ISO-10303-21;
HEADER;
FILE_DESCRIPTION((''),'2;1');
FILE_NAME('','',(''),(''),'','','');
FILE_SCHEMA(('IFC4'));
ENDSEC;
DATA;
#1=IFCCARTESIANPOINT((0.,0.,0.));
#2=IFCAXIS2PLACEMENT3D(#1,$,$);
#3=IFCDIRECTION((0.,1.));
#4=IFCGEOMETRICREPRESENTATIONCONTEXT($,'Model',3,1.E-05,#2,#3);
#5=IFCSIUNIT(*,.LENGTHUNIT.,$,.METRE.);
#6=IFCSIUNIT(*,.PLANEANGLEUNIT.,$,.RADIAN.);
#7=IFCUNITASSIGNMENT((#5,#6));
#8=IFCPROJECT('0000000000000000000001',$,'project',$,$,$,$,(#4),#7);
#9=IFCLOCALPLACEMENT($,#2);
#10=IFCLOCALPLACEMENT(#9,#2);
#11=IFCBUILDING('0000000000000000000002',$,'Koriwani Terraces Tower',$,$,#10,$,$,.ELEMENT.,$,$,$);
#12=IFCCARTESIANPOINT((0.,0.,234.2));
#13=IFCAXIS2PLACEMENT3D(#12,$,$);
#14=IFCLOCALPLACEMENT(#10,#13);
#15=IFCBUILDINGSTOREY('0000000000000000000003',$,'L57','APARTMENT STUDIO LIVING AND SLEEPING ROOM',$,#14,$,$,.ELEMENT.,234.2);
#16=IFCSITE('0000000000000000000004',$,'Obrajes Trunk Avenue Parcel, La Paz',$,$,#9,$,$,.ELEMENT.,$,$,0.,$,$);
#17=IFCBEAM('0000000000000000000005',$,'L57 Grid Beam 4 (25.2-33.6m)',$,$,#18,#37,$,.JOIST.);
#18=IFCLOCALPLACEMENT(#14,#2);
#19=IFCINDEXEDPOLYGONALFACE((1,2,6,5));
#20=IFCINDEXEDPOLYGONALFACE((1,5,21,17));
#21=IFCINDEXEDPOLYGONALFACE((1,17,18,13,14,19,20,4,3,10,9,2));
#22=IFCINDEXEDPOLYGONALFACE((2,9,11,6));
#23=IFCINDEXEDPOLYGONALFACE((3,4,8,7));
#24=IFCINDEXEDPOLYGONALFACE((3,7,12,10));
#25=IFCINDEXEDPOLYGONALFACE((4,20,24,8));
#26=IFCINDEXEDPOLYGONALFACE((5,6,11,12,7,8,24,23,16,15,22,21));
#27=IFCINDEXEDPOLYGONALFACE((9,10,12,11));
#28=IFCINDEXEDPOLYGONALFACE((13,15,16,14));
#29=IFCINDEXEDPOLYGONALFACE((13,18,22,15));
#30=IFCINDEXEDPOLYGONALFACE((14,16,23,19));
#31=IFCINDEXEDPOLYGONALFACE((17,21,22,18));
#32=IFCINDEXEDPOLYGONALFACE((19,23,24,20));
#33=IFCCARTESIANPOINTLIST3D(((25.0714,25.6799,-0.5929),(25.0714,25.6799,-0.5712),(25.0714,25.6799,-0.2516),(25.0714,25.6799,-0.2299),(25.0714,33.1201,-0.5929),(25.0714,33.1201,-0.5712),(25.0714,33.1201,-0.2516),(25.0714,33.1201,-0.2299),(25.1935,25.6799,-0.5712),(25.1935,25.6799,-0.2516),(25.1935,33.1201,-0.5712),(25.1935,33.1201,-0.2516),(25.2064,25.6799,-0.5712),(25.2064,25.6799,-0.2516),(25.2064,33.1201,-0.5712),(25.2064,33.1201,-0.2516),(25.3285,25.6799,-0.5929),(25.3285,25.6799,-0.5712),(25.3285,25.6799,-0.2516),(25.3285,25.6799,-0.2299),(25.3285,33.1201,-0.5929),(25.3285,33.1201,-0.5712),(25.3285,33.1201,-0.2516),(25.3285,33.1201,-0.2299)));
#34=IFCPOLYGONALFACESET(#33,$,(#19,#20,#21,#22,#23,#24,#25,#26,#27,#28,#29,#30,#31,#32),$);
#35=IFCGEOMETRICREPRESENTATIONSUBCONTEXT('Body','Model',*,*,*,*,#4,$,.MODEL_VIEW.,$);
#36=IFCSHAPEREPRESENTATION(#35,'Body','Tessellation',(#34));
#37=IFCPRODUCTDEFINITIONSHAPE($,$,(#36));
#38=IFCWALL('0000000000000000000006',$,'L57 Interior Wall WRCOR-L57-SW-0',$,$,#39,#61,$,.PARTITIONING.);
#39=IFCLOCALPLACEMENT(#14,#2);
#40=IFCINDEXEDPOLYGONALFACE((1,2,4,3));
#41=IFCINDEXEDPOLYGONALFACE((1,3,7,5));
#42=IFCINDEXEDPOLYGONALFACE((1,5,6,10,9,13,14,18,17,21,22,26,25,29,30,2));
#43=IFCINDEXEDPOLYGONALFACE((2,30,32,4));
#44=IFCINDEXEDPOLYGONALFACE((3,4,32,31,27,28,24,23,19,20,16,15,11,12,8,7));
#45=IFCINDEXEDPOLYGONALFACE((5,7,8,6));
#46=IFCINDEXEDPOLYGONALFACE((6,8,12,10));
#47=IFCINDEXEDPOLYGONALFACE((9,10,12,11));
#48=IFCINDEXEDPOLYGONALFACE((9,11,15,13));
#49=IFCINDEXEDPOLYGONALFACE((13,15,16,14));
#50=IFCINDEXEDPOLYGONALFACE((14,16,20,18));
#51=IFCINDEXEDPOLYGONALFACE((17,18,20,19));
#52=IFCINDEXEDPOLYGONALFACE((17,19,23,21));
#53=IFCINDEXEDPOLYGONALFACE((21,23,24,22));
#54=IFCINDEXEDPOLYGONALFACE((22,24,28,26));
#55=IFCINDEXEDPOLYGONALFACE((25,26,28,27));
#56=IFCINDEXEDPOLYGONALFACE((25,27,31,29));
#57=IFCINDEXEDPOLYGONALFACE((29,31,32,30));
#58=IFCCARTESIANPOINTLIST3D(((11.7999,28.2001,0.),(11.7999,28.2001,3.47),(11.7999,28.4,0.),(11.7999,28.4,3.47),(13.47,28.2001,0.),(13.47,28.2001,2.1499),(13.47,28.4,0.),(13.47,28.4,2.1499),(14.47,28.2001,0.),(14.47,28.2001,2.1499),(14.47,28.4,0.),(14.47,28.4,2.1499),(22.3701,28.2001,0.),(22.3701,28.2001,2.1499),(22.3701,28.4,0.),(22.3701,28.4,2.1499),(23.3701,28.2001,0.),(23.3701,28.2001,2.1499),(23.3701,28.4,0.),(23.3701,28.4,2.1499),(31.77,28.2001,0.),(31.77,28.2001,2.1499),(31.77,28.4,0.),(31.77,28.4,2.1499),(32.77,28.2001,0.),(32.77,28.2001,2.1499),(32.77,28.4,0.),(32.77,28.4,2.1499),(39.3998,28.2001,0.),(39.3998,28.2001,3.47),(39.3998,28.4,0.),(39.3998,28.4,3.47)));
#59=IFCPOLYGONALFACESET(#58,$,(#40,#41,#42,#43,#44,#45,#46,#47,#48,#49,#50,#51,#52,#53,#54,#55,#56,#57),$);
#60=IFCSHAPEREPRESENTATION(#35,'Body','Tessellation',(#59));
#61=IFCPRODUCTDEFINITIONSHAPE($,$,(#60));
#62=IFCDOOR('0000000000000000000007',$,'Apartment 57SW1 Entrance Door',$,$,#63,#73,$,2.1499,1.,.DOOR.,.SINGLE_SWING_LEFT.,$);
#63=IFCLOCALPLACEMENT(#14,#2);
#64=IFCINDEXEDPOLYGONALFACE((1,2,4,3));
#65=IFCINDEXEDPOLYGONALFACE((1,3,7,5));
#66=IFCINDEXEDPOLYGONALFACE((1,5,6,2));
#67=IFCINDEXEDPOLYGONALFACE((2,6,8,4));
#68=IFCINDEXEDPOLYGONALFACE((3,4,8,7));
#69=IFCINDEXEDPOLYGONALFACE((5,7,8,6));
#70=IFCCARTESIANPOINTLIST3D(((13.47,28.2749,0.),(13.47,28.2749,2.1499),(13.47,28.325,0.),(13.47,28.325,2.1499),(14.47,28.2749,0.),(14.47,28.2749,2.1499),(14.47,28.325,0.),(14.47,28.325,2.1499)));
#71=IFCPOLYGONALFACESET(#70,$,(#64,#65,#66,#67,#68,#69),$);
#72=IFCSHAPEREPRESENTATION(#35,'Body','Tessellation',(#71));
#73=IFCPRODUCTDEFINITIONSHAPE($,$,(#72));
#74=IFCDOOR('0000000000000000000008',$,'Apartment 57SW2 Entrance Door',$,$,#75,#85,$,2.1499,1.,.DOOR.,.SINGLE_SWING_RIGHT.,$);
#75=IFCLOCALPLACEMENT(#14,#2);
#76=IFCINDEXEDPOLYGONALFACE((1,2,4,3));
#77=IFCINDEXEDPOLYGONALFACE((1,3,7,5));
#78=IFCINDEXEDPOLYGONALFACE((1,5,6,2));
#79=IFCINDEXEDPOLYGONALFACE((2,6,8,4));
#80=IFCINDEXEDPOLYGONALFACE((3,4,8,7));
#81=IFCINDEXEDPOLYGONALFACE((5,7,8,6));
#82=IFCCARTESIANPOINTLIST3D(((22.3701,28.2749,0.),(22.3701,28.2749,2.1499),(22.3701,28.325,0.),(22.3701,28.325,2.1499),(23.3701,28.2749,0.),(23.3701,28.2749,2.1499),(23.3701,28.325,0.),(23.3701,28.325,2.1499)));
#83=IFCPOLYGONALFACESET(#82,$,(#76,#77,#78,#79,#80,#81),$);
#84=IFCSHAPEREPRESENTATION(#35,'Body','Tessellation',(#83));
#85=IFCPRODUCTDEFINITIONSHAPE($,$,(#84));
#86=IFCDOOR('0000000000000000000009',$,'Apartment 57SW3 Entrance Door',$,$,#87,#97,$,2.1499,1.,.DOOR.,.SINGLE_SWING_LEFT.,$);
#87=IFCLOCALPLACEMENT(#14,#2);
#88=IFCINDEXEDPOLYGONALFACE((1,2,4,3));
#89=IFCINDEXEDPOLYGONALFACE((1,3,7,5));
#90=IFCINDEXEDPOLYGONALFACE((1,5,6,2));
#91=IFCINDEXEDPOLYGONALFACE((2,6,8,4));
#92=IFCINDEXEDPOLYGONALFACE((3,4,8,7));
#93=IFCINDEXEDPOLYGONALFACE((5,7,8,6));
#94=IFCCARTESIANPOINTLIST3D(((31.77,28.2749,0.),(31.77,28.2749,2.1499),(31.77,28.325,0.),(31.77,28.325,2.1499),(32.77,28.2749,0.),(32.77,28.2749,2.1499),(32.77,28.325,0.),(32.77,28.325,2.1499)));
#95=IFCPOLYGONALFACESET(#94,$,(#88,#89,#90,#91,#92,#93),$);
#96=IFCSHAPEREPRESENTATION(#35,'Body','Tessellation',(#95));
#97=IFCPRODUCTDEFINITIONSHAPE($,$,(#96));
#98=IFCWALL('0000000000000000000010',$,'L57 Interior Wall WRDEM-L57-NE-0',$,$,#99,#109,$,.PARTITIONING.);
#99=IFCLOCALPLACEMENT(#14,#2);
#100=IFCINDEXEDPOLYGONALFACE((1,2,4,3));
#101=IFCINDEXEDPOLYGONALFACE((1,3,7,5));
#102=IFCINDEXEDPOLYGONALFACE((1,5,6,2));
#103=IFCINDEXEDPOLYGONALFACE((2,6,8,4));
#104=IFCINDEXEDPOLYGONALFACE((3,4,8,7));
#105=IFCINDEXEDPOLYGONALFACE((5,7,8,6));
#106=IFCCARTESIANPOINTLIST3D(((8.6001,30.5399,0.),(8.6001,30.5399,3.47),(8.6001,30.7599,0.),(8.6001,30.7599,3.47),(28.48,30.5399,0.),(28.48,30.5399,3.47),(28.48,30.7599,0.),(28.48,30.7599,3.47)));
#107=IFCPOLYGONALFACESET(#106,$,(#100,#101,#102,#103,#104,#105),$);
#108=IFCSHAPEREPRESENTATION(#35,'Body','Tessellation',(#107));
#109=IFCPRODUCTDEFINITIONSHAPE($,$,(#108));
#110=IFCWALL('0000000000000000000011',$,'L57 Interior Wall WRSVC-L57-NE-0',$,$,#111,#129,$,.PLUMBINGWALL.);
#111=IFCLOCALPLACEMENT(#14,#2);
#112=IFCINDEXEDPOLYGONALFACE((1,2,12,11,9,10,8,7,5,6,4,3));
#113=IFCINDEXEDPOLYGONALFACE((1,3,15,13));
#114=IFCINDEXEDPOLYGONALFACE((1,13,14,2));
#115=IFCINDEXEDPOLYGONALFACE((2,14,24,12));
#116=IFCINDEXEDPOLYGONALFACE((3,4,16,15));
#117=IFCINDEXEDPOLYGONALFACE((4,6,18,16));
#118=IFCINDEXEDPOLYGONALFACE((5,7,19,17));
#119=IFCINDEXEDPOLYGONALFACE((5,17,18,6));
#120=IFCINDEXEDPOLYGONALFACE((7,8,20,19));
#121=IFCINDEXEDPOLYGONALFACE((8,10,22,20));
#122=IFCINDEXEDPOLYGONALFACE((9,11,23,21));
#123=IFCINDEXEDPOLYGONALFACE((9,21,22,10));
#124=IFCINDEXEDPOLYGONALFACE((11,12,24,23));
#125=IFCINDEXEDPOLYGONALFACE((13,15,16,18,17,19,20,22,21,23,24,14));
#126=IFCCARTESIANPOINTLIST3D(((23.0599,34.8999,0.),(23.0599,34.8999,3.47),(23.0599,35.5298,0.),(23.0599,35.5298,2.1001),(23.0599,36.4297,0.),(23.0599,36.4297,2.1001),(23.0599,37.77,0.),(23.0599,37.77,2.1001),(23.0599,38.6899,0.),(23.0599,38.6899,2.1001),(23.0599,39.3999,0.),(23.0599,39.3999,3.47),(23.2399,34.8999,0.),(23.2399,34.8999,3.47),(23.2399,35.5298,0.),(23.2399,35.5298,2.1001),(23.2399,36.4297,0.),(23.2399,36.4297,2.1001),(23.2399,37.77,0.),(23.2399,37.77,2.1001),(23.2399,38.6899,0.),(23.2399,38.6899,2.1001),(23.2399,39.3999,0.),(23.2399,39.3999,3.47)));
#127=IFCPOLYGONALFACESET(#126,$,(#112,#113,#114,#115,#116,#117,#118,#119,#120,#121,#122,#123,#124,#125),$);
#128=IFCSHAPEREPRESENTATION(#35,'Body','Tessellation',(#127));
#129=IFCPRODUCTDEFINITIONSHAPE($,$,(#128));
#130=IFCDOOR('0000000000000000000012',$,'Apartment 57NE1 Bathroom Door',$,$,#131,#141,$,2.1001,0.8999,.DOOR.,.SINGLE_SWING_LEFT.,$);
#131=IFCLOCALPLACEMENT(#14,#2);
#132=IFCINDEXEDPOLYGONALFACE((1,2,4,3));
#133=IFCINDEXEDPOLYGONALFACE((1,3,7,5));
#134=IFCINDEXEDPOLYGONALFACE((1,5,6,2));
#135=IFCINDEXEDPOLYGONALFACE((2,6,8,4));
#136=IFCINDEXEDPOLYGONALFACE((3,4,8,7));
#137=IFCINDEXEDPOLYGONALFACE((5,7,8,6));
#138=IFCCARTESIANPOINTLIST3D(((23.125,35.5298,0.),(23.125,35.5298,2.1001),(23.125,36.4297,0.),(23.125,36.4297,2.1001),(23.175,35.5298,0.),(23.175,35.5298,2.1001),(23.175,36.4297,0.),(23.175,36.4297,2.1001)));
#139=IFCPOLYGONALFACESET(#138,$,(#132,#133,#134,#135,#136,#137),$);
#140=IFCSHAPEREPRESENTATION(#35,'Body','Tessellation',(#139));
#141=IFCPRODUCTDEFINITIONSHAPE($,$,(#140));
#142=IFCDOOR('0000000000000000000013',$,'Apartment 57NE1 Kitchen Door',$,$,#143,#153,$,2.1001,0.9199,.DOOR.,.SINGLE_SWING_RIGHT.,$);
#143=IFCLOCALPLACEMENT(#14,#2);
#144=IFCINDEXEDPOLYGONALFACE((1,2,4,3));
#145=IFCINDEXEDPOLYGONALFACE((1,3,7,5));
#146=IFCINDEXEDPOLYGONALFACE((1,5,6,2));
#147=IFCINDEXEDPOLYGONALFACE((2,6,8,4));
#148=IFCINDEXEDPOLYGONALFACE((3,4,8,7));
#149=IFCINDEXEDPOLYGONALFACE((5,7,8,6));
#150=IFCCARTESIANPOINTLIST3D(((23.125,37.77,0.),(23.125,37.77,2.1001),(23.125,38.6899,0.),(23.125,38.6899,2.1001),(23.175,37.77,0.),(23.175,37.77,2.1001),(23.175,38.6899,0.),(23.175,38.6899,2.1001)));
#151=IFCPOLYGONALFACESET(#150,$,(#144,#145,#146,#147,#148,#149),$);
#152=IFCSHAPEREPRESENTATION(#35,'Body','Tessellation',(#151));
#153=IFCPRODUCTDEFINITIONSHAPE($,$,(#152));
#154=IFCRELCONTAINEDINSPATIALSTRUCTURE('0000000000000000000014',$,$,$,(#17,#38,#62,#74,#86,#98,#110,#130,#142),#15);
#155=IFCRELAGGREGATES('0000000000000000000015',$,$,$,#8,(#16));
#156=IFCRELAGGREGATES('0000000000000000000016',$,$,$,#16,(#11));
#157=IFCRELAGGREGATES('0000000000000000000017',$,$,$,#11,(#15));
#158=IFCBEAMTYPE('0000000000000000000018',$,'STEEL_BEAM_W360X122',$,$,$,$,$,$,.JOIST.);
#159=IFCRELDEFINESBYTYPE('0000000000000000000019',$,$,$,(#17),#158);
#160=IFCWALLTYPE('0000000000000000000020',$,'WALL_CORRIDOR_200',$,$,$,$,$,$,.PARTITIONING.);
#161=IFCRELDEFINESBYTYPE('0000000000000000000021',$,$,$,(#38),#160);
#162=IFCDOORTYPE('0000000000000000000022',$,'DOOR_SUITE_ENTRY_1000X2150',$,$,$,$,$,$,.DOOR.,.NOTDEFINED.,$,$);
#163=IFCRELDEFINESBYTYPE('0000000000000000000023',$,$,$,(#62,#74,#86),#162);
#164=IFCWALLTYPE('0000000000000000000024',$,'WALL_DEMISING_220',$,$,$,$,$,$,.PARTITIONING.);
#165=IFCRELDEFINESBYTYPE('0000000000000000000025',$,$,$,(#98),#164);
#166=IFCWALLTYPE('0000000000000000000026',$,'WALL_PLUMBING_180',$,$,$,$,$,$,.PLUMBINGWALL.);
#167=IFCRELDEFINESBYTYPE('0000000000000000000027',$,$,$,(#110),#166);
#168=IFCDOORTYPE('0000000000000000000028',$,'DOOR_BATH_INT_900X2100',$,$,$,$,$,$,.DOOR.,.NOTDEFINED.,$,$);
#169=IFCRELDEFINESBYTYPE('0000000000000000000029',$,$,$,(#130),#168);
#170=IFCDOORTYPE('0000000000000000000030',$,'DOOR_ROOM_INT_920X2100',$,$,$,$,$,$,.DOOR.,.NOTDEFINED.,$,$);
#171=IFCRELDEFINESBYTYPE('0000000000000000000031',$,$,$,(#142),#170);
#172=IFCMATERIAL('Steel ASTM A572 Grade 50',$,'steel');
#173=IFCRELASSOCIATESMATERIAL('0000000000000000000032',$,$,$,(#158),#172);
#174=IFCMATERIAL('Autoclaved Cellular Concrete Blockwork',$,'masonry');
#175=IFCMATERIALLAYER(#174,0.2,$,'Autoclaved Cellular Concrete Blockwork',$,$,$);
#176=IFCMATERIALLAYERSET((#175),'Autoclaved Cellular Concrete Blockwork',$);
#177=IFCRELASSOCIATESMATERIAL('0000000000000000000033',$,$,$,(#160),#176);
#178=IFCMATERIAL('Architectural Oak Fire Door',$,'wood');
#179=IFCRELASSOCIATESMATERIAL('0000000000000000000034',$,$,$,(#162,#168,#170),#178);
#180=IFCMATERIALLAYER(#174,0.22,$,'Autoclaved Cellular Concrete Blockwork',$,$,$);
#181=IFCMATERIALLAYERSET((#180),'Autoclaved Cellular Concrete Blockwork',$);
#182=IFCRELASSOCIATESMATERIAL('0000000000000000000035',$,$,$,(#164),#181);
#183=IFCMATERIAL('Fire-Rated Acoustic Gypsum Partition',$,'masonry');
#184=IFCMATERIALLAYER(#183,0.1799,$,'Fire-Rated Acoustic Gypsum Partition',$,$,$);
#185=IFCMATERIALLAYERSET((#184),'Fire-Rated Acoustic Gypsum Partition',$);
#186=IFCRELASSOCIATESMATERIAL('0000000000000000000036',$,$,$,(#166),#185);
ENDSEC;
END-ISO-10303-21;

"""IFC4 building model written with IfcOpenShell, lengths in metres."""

from ifc_helpers import new_model, si_unit, direction, frame, frame_2d, origin, origin_2d, place, context, subcontext, project, spatial, rectangle, i_section, extrude, material, layer, layer_set, material_profile, profile_set, type_object, element, fill, save


model = new_model("IFC4")

# Units and contexts
model_context = context("Model", 3, precision=1e-05, world=origin(), true_north=direction((0.0, 1.0)))
body_context = subcontext(model_context, "Body", "Model", "MODEL_VIEW")
ifc_project = project(units=[si_unit("LENGTHUNIT", "METRE"), si_unit("PLANEANGLEUNIT", "RADIAN")], contexts=[model_context])

# Site, building, storey
site_placement = place(None, origin())
site = spatial("IfcSite", under=ifc_project, at=site_placement, Name="Obrajes Trunk Avenue Parcel, La Paz", CompositionType="ELEMENT", RefElevation=0.0)
building_placement = place(site_placement, origin())
building = spatial("IfcBuilding", under=site, at=building_placement, Name="Koriwani Terraces Tower", CompositionType="ELEMENT")
storey_placement = place(building_placement, frame((0.0, 0.0, 234.2)))
storey = spatial("IfcBuildingStorey", under=building, at=storey_placement, Name="L57", Description="APARTMENT STUDIO LIVING AND SLEEPING ROOM", CompositionType="ELEMENT", Elevation=234.2)

# Beam
ifc_material_1 = material(Name="Steel ASTM A572 Grade 50", Category="steel")
ifc_material_profile_1 = material_profile(ifc_material_1, i_section(OverallWidth=0.2571, OverallDepth=0.363, WebThickness=0.0129, FlangeThickness=0.0217, at=origin_2d()), Name="Steel ASTM A572 Grade 50", Category="LoadBearing")
ifc_profile_set_1 = profile_set([ifc_material_profile_1], Name="Steel ASTM A572 Grade 50")
beam_type_1 = type_object("IfcBeamType", Name="STEEL_BEAM_W360X122", PredefinedType="JOIST", material=ifc_profile_set_1)
beam_1_placement = place(storey_placement, frame((25.2, 25.6799, -0.4114), z_axis=(0.0, 1.0, 0.0), x_axis=(-1.0, 0.0, 0.0)))
element("IfcBeam", 1, at=beam_1_placement, inside=storey, type_object=beam_type_1, Name="L57 Grid Beam 4 (25.2-33.6m)", PredefinedType="JOIST", context=body_context, shape_type="SweptSolid", body=[
    extrude(i_section(OverallWidth=0.2571, OverallDepth=0.363, WebThickness=0.0129, FlangeThickness=0.0217, at=origin_2d()), origin(), (0.0, 0.0, 1.0), 7.4402),
])

# Wall, openings, doors
ifc_material_2 = material(Name="Autoclaved Cellular Concrete Blockwork", Category="masonry")
ifc_layer_1 = layer(ifc_material_2, 0.2, Name="Autoclaved Cellular Concrete Blockwork")
ifc_layer_set_1 = layer_set([ifc_layer_1], Name="Autoclaved Cellular Concrete Blockwork")
wall_type_1 = type_object("IfcWallType", Name="WALL_CORRIDOR_200", PredefinedType="PARTITIONING", material=ifc_layer_set_1)
wall_1_placement = place(storey_placement, frame((11.8, 28.3, 0.0), z_axis=(0.0, 0.0, 1.0), x_axis=(1.0, 0.0, 0.0)))
wall_1 = element("IfcWall", 2, at=wall_1_placement, inside=storey, type_object=wall_type_1, Name="L57 Interior Wall WRCOR-L57-SW-0", PredefinedType="PARTITIONING", context=body_context, shape_type="SweptSolid", body=[
    extrude(rectangle(XDim=27.5999, YDim=0.2, at=frame_2d((13.7998, 0.0))), origin(), (0.0, 0.0, 1.0), 3.47),
])
opening_1_placement = place(wall_1_placement, frame((1.6699, 0.0, 0.0)))
opening_1 = element("IfcOpeningElement", 3, at=opening_1_placement, cuts=wall_1, PredefinedType="OPENING", context=body_context, shape_type="SweptSolid", body=[
    extrude(rectangle(XDim=1.0, YDim=2.1499, at=frame_2d((0.5, 1.075))), frame((0.0, 0.1099, 0.0), z_axis=(0.0, -1.0, 0.0), x_axis=(1.0, 0.0, 0.0)), (0.0, 0.0, 1.0), 0.22),
])
opening_2_placement = place(wall_1_placement, frame((10.5701, 0.0, 0.0)))
opening_2 = element("IfcOpeningElement", 4, at=opening_2_placement, cuts=wall_1, PredefinedType="OPENING", context=body_context, shape_type="SweptSolid", body=[
    extrude(rectangle(XDim=1.0, YDim=2.1499, at=frame_2d((0.5, 1.075))), frame((0.0, 0.1099, 0.0), z_axis=(0.0, -1.0, 0.0), x_axis=(1.0, 0.0, 0.0)), (0.0, 0.0, 1.0), 0.22),
])
opening_3_placement = place(wall_1_placement, frame((19.97, 0.0, 0.0)))
opening_3 = element("IfcOpeningElement", 5, at=opening_3_placement, cuts=wall_1, PredefinedType="OPENING", context=body_context, shape_type="SweptSolid", body=[
    extrude(rectangle(XDim=1.0, YDim=2.1499, at=frame_2d((0.5, 1.075))), frame((0.0, 0.1099, 0.0), z_axis=(0.0, -1.0, 0.0), x_axis=(1.0, 0.0, 0.0)), (0.0, 0.0, 1.0), 0.22),
])
ifc_material_3 = material(Name="Architectural Oak Fire Door", Category="wood")
door_type_1 = type_object("IfcDoorType", Name="DOOR_SUITE_ENTRY_1000X2150", OperationType="NOTDEFINED", PredefinedType="DOOR", material=ifc_material_3)
door_1_placement = place(opening_1_placement, origin())
door_1 = element("IfcDoor", 6, at=door_1_placement, inside=storey, type_object=door_type_1, Name="Apartment 57SW1 Entrance Door", OperationType="SINGLE_SWING_LEFT", OverallHeight=2.1499, OverallWidth=1.0, PredefinedType="DOOR", context=body_context, shape_type="SweptSolid", body=[
    extrude(rectangle(XDim=1.0, YDim=2.1499, at=frame_2d((0.5, 1.075))), frame((0.0, 0.0249, 0.0), z_axis=(0.0, -1.0, 0.0), x_axis=(1.0, 0.0, 0.0)), (0.0, 0.0, 1.0), 0.05),
])
fill(opening_1, door_1)
door_2_placement = place(opening_2_placement, origin())
door_2 = element("IfcDoor", 7, at=door_2_placement, inside=storey, type_object=door_type_1, Name="Apartment 57SW2 Entrance Door", OperationType="SINGLE_SWING_RIGHT", OverallHeight=2.1499, OverallWidth=1.0, PredefinedType="DOOR", context=body_context, shape_type="SweptSolid", body=[
    extrude(rectangle(XDim=1.0, YDim=2.1499, at=frame_2d((0.5, 1.075))), frame((0.0, 0.0249, 0.0), z_axis=(0.0, -1.0, 0.0), x_axis=(1.0, 0.0, 0.0)), (0.0, 0.0, 1.0), 0.05),
])
fill(opening_2, door_2)
door_3_placement = place(opening_3_placement, origin())
door_3 = element("IfcDoor", 8, at=door_3_placement, inside=storey, type_object=door_type_1, Name="Apartment 57SW3 Entrance Door", OperationType="SINGLE_SWING_LEFT", OverallHeight=2.1499, OverallWidth=1.0, PredefinedType="DOOR", context=body_context, shape_type="SweptSolid", body=[
    extrude(rectangle(XDim=1.0, YDim=2.1499, at=frame_2d((0.5, 1.075))), frame((0.0, 0.0249, 0.0), z_axis=(0.0, -1.0, 0.0), x_axis=(1.0, 0.0, 0.0)), (0.0, 0.0, 1.0), 0.05),
])
fill(opening_3, door_3)

# Wall
ifc_layer_2 = layer(ifc_material_2, 0.22, Name="Autoclaved Cellular Concrete Blockwork")
ifc_layer_set_2 = layer_set([ifc_layer_2], Name="Autoclaved Cellular Concrete Blockwork")
wall_type_2 = type_object("IfcWallType", Name="WALL_DEMISING_220", PredefinedType="PARTITIONING", material=ifc_layer_set_2)
wall_2_placement = place(storey_placement, frame((8.6001, 30.6499, 0.0), z_axis=(0.0, 0.0, 1.0), x_axis=(1.0, 0.0, 0.0)))
element("IfcWall", 9, at=wall_2_placement, inside=storey, type_object=wall_type_2, Name="L57 Interior Wall WRDEM-L57-NE-0", PredefinedType="PARTITIONING", context=body_context, shape_type="SweptSolid", body=[
    extrude(rectangle(XDim=19.8799, YDim=0.22, at=frame_2d((9.9399, 0.0))), origin(), (0.0, 0.0, 1.0), 3.47),
])

# Wall, openings, doors
ifc_material_4 = material(Name="Fire-Rated Acoustic Gypsum Partition", Category="masonry")
ifc_layer_3 = layer(ifc_material_4, 0.1799, Name="Fire-Rated Acoustic Gypsum Partition")
ifc_layer_set_3 = layer_set([ifc_layer_3], Name="Fire-Rated Acoustic Gypsum Partition")
wall_type_3 = type_object("IfcWallType", Name="WALL_PLUMBING_180", PredefinedType="PLUMBINGWALL", material=ifc_layer_set_3)
wall_3_placement = place(storey_placement, frame((23.1499, 34.8999, 0.0), z_axis=(0.0, 0.0, 1.0), x_axis=(0.0, 1.0, 0.0)))
wall_3 = element("IfcWall", 10, at=wall_3_placement, inside=storey, type_object=wall_type_3, Name="L57 Interior Wall WRSVC-L57-NE-0", PredefinedType="PLUMBINGWALL", context=body_context, shape_type="SweptSolid", body=[
    extrude(rectangle(XDim=4.5, YDim=0.1799, at=frame_2d((2.25, 0.0))), origin(), (0.0, 0.0, 1.0), 3.47),
])
opening_4_placement = place(wall_3_placement, frame((0.6299, 0.0, 0.0)))
opening_4 = element("IfcOpeningElement", 11, at=opening_4_placement, cuts=wall_3, PredefinedType="OPENING", context=body_context, shape_type="SweptSolid", body=[
    extrude(rectangle(XDim=0.8999, YDim=2.1001, at=frame_2d((0.45, 1.05))), frame((0.0, 0.1001, 0.0), z_axis=(0.0, -1.0, 0.0), x_axis=(1.0, 0.0, 0.0)), (0.0, 0.0, 1.0), 0.2),
])
opening_5_placement = place(wall_3_placement, frame((2.8701, 0.0, 0.0)))
opening_5 = element("IfcOpeningElement", 12, at=opening_5_placement, cuts=wall_3, PredefinedType="OPENING", context=body_context, shape_type="SweptSolid", body=[
    extrude(rectangle(XDim=0.9199, YDim=2.1001, at=frame_2d((0.46, 1.05))), frame((0.0, 0.1001, 0.0), z_axis=(0.0, -1.0, 0.0), x_axis=(1.0, 0.0, 0.0)), (0.0, 0.0, 1.0), 0.2),
])
door_type_2 = type_object("IfcDoorType", Name="DOOR_BATH_INT_900X2100", OperationType="NOTDEFINED", PredefinedType="DOOR", material=ifc_material_3)
door_4_placement = place(opening_4_placement, origin())
door_4 = element("IfcDoor", 13, at=door_4_placement, inside=storey, type_object=door_type_2, Name="Apartment 57NE1 Bathroom Door", OperationType="SINGLE_SWING_LEFT", OverallHeight=2.1001, OverallWidth=0.8999, PredefinedType="DOOR", context=body_context, shape_type="SweptSolid", body=[
    extrude(rectangle(XDim=0.8999, YDim=2.1001, at=frame_2d((0.45, 1.05))), frame((0.0, 0.0249, 0.0), z_axis=(0.0, -1.0, 0.0), x_axis=(1.0, 0.0, 0.0)), (0.0, 0.0, 1.0), 0.05),
])
fill(opening_4, door_4)
door_type_3 = type_object("IfcDoorType", Name="DOOR_ROOM_INT_920X2100", OperationType="NOTDEFINED", PredefinedType="DOOR", material=ifc_material_3)
door_5_placement = place(opening_5_placement, origin())
door_5 = element("IfcDoor", 14, at=door_5_placement, inside=storey, type_object=door_type_3, Name="Apartment 57NE1 Kitchen Door", OperationType="SINGLE_SWING_RIGHT", OverallHeight=2.1001, OverallWidth=0.9199, PredefinedType="DOOR", context=body_context, shape_type="SweptSolid", body=[
    extrude(rectangle(XDim=0.9199, YDim=2.1001, at=frame_2d((0.46, 1.05))), frame((0.0, 0.0249, 0.0), z_axis=(0.0, -1.0, 0.0), x_axis=(1.0, 0.0, 0.0)), (0.0, 0.0, 1.0), 0.05),
])
fill(opening_5, door_5)

save(model, "model.ifc")
